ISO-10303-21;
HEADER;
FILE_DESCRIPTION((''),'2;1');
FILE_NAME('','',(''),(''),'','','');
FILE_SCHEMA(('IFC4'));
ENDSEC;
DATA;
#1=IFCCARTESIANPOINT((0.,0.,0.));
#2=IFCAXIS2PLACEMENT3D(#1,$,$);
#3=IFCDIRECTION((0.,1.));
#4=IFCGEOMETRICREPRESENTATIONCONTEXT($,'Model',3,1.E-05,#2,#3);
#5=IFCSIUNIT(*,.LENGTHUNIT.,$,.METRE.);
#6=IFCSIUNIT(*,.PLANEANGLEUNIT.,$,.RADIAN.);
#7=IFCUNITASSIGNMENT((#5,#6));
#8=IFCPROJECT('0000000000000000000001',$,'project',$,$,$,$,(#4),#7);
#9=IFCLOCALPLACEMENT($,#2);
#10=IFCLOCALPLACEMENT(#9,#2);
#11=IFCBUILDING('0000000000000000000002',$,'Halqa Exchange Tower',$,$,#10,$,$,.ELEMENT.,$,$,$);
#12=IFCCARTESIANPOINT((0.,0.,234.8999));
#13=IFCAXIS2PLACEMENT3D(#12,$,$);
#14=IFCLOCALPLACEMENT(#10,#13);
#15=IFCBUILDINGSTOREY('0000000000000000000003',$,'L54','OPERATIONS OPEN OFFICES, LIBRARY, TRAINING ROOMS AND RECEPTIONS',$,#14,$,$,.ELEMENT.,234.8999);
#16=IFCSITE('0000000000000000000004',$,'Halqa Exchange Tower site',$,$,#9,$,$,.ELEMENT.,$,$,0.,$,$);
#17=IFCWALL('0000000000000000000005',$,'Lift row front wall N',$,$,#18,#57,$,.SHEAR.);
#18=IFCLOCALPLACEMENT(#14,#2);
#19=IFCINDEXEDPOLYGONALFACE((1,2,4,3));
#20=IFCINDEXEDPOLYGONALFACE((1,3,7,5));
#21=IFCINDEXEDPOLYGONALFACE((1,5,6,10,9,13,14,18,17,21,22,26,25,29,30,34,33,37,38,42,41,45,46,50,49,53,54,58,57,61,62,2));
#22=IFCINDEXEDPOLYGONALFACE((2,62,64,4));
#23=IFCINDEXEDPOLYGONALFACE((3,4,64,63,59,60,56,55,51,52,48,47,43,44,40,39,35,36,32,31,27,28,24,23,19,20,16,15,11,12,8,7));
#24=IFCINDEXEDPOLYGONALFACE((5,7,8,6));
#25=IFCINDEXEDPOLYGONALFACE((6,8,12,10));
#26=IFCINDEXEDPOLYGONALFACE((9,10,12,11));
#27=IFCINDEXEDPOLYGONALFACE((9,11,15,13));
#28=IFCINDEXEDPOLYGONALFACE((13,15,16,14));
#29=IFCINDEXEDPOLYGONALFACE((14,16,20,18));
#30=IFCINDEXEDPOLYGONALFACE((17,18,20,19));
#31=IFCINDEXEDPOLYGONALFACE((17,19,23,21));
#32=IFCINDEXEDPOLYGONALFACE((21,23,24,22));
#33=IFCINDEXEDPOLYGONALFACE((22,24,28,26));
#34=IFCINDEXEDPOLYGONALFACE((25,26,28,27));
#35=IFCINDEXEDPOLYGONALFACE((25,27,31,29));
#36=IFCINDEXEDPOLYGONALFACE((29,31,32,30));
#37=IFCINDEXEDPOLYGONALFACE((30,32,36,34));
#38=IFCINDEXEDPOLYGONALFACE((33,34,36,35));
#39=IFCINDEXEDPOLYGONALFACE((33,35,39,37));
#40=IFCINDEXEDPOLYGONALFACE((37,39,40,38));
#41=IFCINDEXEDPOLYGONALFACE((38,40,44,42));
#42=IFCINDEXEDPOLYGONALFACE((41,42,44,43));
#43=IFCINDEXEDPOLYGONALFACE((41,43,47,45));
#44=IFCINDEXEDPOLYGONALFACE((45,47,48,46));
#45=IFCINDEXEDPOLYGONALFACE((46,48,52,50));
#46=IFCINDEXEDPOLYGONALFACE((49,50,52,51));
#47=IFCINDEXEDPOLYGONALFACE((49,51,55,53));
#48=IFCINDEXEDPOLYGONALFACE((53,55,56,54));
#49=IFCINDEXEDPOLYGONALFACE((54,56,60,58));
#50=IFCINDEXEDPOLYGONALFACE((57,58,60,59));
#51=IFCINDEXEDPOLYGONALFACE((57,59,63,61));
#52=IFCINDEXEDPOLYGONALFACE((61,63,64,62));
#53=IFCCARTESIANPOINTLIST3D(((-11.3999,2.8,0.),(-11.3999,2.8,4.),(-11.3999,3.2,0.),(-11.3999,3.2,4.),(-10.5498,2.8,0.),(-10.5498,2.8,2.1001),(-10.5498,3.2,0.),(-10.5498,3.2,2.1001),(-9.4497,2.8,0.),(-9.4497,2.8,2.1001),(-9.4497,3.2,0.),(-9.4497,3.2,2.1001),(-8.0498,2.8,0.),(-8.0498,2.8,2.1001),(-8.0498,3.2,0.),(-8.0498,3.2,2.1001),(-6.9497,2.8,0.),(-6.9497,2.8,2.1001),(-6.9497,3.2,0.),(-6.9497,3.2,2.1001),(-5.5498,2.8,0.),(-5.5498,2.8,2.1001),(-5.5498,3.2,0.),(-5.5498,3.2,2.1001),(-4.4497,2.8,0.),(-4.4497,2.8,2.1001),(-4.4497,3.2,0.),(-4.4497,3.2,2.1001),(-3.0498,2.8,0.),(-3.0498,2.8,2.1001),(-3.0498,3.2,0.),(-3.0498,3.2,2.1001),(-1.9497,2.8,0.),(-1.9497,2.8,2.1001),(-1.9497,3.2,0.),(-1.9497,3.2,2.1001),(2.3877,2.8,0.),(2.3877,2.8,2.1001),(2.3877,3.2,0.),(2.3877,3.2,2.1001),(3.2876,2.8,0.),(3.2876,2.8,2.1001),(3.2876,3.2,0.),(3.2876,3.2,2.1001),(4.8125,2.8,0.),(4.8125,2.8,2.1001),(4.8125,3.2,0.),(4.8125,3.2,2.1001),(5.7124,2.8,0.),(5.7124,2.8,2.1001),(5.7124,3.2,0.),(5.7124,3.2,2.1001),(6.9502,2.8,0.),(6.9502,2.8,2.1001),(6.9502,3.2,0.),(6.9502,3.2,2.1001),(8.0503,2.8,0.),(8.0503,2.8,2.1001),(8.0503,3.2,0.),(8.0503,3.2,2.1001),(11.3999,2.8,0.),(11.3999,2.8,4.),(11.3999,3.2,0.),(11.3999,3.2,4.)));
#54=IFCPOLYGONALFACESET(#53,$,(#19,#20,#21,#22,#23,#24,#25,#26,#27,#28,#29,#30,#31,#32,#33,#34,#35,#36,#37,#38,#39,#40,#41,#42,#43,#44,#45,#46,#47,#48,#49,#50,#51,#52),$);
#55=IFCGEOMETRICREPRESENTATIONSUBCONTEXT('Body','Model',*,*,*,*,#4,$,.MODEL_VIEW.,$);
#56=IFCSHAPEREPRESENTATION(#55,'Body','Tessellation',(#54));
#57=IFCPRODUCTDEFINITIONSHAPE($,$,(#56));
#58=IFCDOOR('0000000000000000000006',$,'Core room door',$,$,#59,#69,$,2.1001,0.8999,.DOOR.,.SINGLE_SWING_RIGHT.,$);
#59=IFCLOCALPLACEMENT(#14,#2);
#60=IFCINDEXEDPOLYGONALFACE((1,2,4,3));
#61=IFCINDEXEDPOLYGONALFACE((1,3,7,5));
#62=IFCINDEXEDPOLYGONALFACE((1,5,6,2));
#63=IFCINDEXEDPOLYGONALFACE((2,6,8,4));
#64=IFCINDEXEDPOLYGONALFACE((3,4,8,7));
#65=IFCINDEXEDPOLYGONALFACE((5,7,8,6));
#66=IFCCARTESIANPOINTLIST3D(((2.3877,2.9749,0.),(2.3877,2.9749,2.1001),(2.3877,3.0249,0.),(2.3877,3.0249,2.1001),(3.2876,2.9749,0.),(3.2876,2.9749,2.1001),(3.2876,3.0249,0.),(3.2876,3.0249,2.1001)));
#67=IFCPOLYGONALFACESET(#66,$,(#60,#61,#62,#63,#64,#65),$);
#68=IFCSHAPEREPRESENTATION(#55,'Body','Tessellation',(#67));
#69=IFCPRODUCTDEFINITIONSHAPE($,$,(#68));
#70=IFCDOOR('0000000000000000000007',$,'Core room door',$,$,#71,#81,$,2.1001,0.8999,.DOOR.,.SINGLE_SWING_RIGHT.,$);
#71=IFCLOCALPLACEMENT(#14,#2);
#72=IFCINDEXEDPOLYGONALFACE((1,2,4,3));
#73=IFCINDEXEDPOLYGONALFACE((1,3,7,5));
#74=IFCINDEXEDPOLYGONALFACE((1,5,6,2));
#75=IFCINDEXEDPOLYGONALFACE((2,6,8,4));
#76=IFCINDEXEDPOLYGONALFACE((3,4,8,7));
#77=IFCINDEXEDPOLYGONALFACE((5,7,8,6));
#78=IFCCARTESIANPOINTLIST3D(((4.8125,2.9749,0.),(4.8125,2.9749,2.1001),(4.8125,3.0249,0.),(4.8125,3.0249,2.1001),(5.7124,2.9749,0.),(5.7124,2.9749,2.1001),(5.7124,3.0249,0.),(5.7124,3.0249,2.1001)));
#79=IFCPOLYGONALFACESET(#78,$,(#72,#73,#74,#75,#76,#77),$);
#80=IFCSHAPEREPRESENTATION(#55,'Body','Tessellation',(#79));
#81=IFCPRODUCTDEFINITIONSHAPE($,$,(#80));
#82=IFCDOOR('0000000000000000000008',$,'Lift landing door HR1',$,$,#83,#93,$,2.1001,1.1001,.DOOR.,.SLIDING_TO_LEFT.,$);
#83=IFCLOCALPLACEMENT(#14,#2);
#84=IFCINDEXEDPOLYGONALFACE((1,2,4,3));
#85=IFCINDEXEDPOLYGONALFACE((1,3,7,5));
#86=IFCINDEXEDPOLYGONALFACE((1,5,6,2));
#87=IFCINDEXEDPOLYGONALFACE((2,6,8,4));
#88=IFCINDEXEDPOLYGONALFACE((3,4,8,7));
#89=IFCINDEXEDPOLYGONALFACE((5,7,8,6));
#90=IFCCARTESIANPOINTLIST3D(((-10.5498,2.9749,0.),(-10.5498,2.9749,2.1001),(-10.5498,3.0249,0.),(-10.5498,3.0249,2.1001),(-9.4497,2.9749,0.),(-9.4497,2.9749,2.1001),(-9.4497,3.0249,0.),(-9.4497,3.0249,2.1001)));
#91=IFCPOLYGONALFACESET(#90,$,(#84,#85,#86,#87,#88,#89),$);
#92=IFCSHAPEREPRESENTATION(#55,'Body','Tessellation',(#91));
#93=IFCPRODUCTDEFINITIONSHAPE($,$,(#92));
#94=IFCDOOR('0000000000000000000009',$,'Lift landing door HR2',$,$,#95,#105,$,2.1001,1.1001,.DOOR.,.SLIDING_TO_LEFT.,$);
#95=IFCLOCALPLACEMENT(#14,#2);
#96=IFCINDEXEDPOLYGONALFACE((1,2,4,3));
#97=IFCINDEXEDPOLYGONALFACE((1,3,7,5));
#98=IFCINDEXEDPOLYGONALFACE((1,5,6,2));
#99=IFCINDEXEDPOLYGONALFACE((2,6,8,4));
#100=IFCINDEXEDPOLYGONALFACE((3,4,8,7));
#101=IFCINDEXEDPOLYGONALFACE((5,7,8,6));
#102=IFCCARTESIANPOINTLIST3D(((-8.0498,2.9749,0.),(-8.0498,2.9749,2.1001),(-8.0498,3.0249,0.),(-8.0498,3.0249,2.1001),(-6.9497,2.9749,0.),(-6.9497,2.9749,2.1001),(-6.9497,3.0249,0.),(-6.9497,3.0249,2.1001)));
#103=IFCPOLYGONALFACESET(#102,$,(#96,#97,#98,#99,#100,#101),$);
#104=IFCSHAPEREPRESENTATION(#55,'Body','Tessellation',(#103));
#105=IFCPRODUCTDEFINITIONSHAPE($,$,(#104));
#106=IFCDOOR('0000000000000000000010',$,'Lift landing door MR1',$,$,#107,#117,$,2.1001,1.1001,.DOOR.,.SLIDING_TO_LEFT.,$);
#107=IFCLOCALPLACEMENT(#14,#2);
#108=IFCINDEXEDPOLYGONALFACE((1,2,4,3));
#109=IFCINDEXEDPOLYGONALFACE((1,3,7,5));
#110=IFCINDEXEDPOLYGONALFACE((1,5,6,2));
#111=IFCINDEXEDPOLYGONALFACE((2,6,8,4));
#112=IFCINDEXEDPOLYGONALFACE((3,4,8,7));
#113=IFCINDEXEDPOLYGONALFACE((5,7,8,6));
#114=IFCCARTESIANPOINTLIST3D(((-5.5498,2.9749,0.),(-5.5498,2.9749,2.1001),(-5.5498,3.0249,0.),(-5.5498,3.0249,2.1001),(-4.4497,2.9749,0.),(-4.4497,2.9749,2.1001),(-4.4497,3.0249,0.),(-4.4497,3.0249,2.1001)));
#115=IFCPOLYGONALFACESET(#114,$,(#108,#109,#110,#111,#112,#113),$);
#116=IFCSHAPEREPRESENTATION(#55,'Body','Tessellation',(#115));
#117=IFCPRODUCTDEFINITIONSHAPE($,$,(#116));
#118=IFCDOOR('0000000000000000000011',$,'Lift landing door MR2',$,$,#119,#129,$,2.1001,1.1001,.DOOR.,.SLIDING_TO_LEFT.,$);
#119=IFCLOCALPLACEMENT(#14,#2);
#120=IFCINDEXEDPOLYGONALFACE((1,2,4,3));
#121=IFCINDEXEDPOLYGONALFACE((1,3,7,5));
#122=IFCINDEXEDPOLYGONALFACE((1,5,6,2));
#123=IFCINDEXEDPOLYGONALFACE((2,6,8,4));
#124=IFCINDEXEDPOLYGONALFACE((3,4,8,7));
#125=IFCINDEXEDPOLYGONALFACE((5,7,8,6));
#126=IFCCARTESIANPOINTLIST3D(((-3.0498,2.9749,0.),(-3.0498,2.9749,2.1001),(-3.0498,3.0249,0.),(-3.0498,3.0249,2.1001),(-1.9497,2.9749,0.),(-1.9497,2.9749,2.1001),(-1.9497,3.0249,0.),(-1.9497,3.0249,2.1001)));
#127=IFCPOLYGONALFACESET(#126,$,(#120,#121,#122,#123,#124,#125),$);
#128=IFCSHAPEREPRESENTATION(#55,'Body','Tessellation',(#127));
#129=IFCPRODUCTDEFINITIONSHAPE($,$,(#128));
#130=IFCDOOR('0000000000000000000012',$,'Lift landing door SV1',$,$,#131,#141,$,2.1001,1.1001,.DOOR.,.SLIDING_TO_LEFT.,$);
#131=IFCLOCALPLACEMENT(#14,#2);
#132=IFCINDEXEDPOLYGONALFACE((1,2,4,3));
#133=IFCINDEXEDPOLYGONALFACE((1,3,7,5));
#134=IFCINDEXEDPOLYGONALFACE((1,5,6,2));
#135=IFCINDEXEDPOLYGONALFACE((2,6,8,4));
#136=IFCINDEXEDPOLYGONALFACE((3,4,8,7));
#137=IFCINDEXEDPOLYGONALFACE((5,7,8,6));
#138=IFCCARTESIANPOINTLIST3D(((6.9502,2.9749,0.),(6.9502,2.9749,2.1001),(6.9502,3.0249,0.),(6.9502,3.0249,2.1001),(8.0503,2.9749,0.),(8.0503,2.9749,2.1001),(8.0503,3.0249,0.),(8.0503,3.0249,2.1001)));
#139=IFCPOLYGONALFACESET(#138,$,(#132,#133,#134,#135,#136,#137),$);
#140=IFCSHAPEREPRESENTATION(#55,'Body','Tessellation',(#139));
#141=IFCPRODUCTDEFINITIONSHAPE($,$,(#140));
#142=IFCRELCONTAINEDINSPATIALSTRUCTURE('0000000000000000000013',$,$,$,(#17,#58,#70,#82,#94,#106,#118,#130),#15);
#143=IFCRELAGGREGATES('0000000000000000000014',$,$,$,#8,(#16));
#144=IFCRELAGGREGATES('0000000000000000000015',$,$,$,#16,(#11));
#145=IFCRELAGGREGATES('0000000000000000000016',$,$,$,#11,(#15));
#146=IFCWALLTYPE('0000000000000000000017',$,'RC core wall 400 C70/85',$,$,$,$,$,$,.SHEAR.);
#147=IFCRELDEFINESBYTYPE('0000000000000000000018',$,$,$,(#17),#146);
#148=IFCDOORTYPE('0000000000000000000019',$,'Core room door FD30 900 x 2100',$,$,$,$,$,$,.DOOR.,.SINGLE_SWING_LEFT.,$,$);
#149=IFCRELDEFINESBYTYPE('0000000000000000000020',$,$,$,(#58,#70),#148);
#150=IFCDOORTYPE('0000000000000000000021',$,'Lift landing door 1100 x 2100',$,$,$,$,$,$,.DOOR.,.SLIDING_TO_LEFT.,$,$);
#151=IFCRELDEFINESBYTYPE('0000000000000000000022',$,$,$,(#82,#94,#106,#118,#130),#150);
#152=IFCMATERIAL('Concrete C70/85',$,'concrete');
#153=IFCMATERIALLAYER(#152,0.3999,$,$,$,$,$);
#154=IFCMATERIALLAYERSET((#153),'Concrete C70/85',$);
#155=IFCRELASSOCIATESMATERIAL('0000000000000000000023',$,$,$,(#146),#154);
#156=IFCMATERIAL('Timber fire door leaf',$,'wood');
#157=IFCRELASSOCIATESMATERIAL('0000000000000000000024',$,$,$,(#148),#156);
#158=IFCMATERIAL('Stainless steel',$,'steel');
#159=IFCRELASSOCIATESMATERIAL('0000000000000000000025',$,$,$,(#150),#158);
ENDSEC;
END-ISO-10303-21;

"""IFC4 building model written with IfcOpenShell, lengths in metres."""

from ifc_helpers import new_model, si_unit, direction, frame, frame_2d, origin, place, context, subcontext, project, spatial, rectangle, extrude, material, layer, layer_set, type_object, element, fill, save


model = new_model("IFC4")

# Units and contexts
model_context = context("Model", 3, precision=1e-05, world=origin(), true_north=direction((0.0, 1.0)))
body_context = subcontext(model_context, "Body", "Model", "MODEL_VIEW")
ifc_project = project(units=[si_unit("LENGTHUNIT", "METRE"), si_unit("PLANEANGLEUNIT", "RADIAN")], contexts=[model_context])

# Site, building, storey
site_placement = place(None, origin())
site = spatial("IfcSite", under=ifc_project, at=site_placement, Name="Halqa Exchange Tower site", CompositionType="ELEMENT", RefElevation=0.0)
building_placement = place(site_placement, origin())
building = spatial("IfcBuilding", under=site, at=building_placement, Name="Halqa Exchange Tower", CompositionType="ELEMENT")
storey_placement = place(building_placement, frame((0.0, 0.0, 234.8999)))
storey = spatial("IfcBuildingStorey", under=building, at=storey_placement, Name="L54", Description="OPERATIONS OPEN OFFICES, LIBRARY, TRAINING ROOMS AND RECEPTIONS", CompositionType="ELEMENT", Elevation=234.8999)

# Wall, openings, doors
ifc_material_1 = material(Name="Concrete C70/85", Category="concrete")
ifc_layer_1 = layer(ifc_material_1, 0.3999)
ifc_layer_set_1 = layer_set([ifc_layer_1], Name="Concrete C70/85")
wall_type_1 = type_object("IfcWallType", Name="RC core wall 400 C70/85", PredefinedType="SHEAR", material=ifc_layer_set_1)
wall_1_placement = place(storey_placement, frame((-11.3999, 3.0, 0.0), z_axis=(0.0, 0.0, 1.0), x_axis=(1.0, 0.0, 0.0)))
wall_1 = element("IfcWall", 1, at=wall_1_placement, inside=storey, type_object=wall_type_1, Name="Lift row front wall N", PredefinedType="SHEAR", context=body_context, shape_type="SweptSolid", body=[
    extrude(rectangle(XDim=22.7998, YDim=0.3999, at=frame_2d((11.3999, 0.0))), origin(), (0.0, 0.0, 1.0), 4.0),
])
opening_1_placement = place(wall_1_placement, frame((0.8501, 0.0, 0.0)))
opening_1 = element("IfcOpeningElement", 2, at=opening_1_placement, cuts=wall_1, PredefinedType="OPENING", context=body_context, shape_type="SweptSolid", body=[
    extrude(rectangle(XDim=1.1001, YDim=2.1001, at=frame_2d((0.55, 1.05))), frame((0.0, 0.2119, 0.0), z_axis=(0.0, -1.0, 0.0), x_axis=(1.0, 0.0, 0.0)), (0.0, 0.0, 1.0), 0.4238),
])
opening_2_placement = place(wall_1_placement, frame((3.3501, 0.0, 0.0)))
opening_2 = element("IfcOpeningElement", 3, at=opening_2_placement, cuts=wall_1, PredefinedType="OPENING", context=body_context, shape_type="SweptSolid", body=[
    extrude(rectangle(XDim=1.1001, YDim=2.1001, at=frame_2d((0.55, 1.05))), frame((0.0, 0.2119, 0.0), z_axis=(0.0, -1.0, 0.0), x_axis=(1.0, 0.0, 0.0)), (0.0, 0.0, 1.0), 0.4238),
])
opening_3_placement = place(wall_1_placement, frame((5.8501, 0.0, 0.0)))
opening_3 = element("IfcOpeningElement", 4, at=opening_3_placement, cuts=wall_1, PredefinedType="OPENING", context=body_context, shape_type="SweptSolid", body=[
    extrude(rectangle(XDim=1.1001, YDim=2.1001, at=frame_2d((0.55, 1.05))), frame((0.0, 0.2119, 0.0), z_axis=(0.0, -1.0, 0.0), x_axis=(1.0, 0.0, 0.0)), (0.0, 0.0, 1.0), 0.4238),
])
opening_4_placement = place(wall_1_placement, frame((8.3501, 0.0, 0.0)))
opening_4 = element("IfcOpeningElement", 5, at=opening_4_placement, cuts=wall_1, PredefinedType="OPENING", context=body_context, shape_type="SweptSolid", body=[
    extrude(rectangle(XDim=1.1001, YDim=2.1001, at=frame_2d((0.55, 1.05))), frame((0.0, 0.2119, 0.0), z_axis=(0.0, -1.0, 0.0), x_axis=(1.0, 0.0, 0.0)), (0.0, 0.0, 1.0), 0.4238),
])
opening_5_placement = place(wall_1_placement, frame((18.3501, 0.0, 0.0)))
opening_5 = element("IfcOpeningElement", 6, at=opening_5_placement, cuts=wall_1, PredefinedType="OPENING", context=body_context, shape_type="SweptSolid", body=[
    extrude(rectangle(XDim=1.1001, YDim=2.1001, at=frame_2d((0.55, 1.05))), frame((0.0, 0.2119, 0.0), z_axis=(0.0, -1.0, 0.0), x_axis=(1.0, 0.0, 0.0)), (0.0, 0.0, 1.0), 0.4238),
])
opening_6_placement = place(wall_1_placement, frame((13.7876, 0.0, 0.0)))
opening_6 = element("IfcOpeningElement", 7, at=opening_6_placement, cuts=wall_1, PredefinedType="OPENING", context=body_context, shape_type="SweptSolid", body=[
    extrude(rectangle(XDim=0.8999, YDim=2.1001, at=frame_2d((0.45, 1.05))), frame((0.0, 0.2119, 0.0), z_axis=(0.0, -1.0, 0.0), x_axis=(1.0, 0.0, 0.0)), (0.0, 0.0, 1.0), 0.4238),
])
opening_7_placement = place(wall_1_placement, frame((16.2124, 0.0, 0.0)))
opening_7 = element("IfcOpeningElement", 8, at=opening_7_placement, cuts=wall_1, PredefinedType="OPENING", context=body_context, shape_type="SweptSolid", body=[
    extrude(rectangle(XDim=0.8999, YDim=2.1001, at=frame_2d((0.45, 1.05))), frame((0.0, 0.2119, 0.0), z_axis=(0.0, -1.0, 0.0), x_axis=(1.0, 0.0, 0.0)), (0.0, 0.0, 1.0), 0.4238),
])
ifc_material_2 = material(Name="Timber fire door leaf", Category="wood")
door_type_1 = type_object("IfcDoorType", Name="Core room door FD30 900 x 2100", OperationType="SINGLE_SWING_LEFT", PredefinedType="DOOR", material=ifc_material_2)
door_1_placement = place(opening_6_placement, origin())
door_1 = element("IfcDoor", 9, at=door_1_placement, inside=storey, type_object=door_type_1, Name="Core room door", OperationType="SINGLE_SWING_RIGHT", OverallHeight=2.1001, OverallWidth=0.8999, PredefinedType="DOOR", context=body_context, shape_type="SweptSolid", body=[
    extrude(rectangle(XDim=0.8999, YDim=2.1001, at=frame_2d((0.45, 1.05))), frame((0.0, 0.0249, 0.0), z_axis=(0.0, -1.0, 0.0), x_axis=(1.0, 0.0, 0.0)), (0.0, 0.0, 1.0), 0.05),
])
fill(opening_6, door_1)
door_2_placement = place(opening_7_placement, origin())
door_2 = element("IfcDoor", 10, at=door_2_placement, inside=storey, type_object=door_type_1, Name="Core room door", OperationType="SINGLE_SWING_RIGHT", OverallHeight=2.1001, OverallWidth=0.8999, PredefinedType="DOOR", context=body_context, shape_type="SweptSolid", body=[
    extrude(rectangle(XDim=0.8999, YDim=2.1001, at=frame_2d((0.45, 1.05))), frame((0.0, 0.0249, 0.0), z_axis=(0.0, -1.0, 0.0), x_axis=(1.0, 0.0, 0.0)), (0.0, 0.0, 1.0), 0.05),
])
fill(opening_7, door_2)
ifc_material_3 = material(Name="Stainless steel", Category="steel")
door_type_2 = type_object("IfcDoorType", Name="Lift landing door 1100 x 2100", OperationType="SLIDING_TO_LEFT", PredefinedType="DOOR", material=ifc_material_3)
door_3_placement = place(opening_1_placement, origin())
door_3 = element("IfcDoor", 11, at=door_3_placement, inside=storey, type_object=door_type_2, Name="Lift landing door HR1", OperationType="SLIDING_TO_LEFT", OverallHeight=2.1001, OverallWidth=1.1001, PredefinedType="DOOR", context=body_context, shape_type="SweptSolid", body=[
    extrude(rectangle(XDim=1.1001, YDim=2.1001, at=frame_2d((0.55, 1.05))), frame((0.0, 0.0249, 0.0), z_axis=(0.0, -1.0, 0.0), x_axis=(1.0, 0.0, 0.0)), (0.0, 0.0, 1.0), 0.05),
])
fill(opening_1, door_3)
door_4_placement = place(opening_2_placement, origin())
door_4 = element("IfcDoor", 12, at=door_4_placement, inside=storey, type_object=door_type_2, Name="Lift landing door HR2", OperationType="SLIDING_TO_LEFT", OverallHeight=2.1001, OverallWidth=1.1001, PredefinedType="DOOR", context=body_context, shape_type="SweptSolid", body=[
    extrude(rectangle(XDim=1.1001, YDim=2.1001, at=frame_2d((0.55, 1.05))), frame((0.0, 0.0249, 0.0), z_axis=(0.0, -1.0, 0.0), x_axis=(1.0, 0.0, 0.0)), (0.0, 0.0, 1.0), 0.05),
])
fill(opening_2, door_4)
door_5_placement = place(opening_3_placement, origin())
door_5 = element("IfcDoor", 13, at=door_5_placement, inside=storey, type_object=door_type_2, Name="Lift landing door MR1", OperationType="SLIDING_TO_LEFT", OverallHeight=2.1001, OverallWidth=1.1001, PredefinedType="DOOR", context=body_context, shape_type="SweptSolid", body=[
    extrude(rectangle(XDim=1.1001, YDim=2.1001, at=frame_2d((0.55, 1.05))), frame((0.0, 0.0249, 0.0), z_axis=(0.0, -1.0, 0.0), x_axis=(1.0, 0.0, 0.0)), (0.0, 0.0, 1.0), 0.05),
])
fill(opening_3, door_5)
door_6_placement = place(opening_4_placement, origin())
door_6 = element("IfcDoor", 14, at=door_6_placement, inside=storey, type_object=door_type_2, Name="Lift landing door MR2", OperationType="SLIDING_TO_LEFT", OverallHeight=2.1001, OverallWidth=1.1001, PredefinedType="DOOR", context=body_context, shape_type="SweptSolid", body=[
    extrude(rectangle(XDim=1.1001, YDim=2.1001, at=frame_2d((0.55, 1.05))), frame((0.0, 0.0249, 0.0), z_axis=(0.0, -1.0, 0.0), x_axis=(1.0, 0.0, 0.0)), (0.0, 0.0, 1.0), 0.05),
])
fill(opening_4, door_6)
door_7_placement = place(opening_5_placement, origin())
door_7 = element("IfcDoor", 15, at=door_7_placement, inside=storey, type_object=door_type_2, Name="Lift landing door SV1", OperationType="SLIDING_TO_LEFT", OverallHeight=2.1001, OverallWidth=1.1001, PredefinedType="DOOR", context=body_context, shape_type="SweptSolid", body=[
    extrude(rectangle(XDim=1.1001, YDim=2.1001, at=frame_2d((0.55, 1.05))), frame((0.0, 0.0249, 0.0), z_axis=(0.0, -1.0, 0.0), x_axis=(1.0, 0.0, 0.0)), (0.0, 0.0, 1.0), 0.05),
])
fill(opening_5, door_7)

save(model, "model.ifc")
